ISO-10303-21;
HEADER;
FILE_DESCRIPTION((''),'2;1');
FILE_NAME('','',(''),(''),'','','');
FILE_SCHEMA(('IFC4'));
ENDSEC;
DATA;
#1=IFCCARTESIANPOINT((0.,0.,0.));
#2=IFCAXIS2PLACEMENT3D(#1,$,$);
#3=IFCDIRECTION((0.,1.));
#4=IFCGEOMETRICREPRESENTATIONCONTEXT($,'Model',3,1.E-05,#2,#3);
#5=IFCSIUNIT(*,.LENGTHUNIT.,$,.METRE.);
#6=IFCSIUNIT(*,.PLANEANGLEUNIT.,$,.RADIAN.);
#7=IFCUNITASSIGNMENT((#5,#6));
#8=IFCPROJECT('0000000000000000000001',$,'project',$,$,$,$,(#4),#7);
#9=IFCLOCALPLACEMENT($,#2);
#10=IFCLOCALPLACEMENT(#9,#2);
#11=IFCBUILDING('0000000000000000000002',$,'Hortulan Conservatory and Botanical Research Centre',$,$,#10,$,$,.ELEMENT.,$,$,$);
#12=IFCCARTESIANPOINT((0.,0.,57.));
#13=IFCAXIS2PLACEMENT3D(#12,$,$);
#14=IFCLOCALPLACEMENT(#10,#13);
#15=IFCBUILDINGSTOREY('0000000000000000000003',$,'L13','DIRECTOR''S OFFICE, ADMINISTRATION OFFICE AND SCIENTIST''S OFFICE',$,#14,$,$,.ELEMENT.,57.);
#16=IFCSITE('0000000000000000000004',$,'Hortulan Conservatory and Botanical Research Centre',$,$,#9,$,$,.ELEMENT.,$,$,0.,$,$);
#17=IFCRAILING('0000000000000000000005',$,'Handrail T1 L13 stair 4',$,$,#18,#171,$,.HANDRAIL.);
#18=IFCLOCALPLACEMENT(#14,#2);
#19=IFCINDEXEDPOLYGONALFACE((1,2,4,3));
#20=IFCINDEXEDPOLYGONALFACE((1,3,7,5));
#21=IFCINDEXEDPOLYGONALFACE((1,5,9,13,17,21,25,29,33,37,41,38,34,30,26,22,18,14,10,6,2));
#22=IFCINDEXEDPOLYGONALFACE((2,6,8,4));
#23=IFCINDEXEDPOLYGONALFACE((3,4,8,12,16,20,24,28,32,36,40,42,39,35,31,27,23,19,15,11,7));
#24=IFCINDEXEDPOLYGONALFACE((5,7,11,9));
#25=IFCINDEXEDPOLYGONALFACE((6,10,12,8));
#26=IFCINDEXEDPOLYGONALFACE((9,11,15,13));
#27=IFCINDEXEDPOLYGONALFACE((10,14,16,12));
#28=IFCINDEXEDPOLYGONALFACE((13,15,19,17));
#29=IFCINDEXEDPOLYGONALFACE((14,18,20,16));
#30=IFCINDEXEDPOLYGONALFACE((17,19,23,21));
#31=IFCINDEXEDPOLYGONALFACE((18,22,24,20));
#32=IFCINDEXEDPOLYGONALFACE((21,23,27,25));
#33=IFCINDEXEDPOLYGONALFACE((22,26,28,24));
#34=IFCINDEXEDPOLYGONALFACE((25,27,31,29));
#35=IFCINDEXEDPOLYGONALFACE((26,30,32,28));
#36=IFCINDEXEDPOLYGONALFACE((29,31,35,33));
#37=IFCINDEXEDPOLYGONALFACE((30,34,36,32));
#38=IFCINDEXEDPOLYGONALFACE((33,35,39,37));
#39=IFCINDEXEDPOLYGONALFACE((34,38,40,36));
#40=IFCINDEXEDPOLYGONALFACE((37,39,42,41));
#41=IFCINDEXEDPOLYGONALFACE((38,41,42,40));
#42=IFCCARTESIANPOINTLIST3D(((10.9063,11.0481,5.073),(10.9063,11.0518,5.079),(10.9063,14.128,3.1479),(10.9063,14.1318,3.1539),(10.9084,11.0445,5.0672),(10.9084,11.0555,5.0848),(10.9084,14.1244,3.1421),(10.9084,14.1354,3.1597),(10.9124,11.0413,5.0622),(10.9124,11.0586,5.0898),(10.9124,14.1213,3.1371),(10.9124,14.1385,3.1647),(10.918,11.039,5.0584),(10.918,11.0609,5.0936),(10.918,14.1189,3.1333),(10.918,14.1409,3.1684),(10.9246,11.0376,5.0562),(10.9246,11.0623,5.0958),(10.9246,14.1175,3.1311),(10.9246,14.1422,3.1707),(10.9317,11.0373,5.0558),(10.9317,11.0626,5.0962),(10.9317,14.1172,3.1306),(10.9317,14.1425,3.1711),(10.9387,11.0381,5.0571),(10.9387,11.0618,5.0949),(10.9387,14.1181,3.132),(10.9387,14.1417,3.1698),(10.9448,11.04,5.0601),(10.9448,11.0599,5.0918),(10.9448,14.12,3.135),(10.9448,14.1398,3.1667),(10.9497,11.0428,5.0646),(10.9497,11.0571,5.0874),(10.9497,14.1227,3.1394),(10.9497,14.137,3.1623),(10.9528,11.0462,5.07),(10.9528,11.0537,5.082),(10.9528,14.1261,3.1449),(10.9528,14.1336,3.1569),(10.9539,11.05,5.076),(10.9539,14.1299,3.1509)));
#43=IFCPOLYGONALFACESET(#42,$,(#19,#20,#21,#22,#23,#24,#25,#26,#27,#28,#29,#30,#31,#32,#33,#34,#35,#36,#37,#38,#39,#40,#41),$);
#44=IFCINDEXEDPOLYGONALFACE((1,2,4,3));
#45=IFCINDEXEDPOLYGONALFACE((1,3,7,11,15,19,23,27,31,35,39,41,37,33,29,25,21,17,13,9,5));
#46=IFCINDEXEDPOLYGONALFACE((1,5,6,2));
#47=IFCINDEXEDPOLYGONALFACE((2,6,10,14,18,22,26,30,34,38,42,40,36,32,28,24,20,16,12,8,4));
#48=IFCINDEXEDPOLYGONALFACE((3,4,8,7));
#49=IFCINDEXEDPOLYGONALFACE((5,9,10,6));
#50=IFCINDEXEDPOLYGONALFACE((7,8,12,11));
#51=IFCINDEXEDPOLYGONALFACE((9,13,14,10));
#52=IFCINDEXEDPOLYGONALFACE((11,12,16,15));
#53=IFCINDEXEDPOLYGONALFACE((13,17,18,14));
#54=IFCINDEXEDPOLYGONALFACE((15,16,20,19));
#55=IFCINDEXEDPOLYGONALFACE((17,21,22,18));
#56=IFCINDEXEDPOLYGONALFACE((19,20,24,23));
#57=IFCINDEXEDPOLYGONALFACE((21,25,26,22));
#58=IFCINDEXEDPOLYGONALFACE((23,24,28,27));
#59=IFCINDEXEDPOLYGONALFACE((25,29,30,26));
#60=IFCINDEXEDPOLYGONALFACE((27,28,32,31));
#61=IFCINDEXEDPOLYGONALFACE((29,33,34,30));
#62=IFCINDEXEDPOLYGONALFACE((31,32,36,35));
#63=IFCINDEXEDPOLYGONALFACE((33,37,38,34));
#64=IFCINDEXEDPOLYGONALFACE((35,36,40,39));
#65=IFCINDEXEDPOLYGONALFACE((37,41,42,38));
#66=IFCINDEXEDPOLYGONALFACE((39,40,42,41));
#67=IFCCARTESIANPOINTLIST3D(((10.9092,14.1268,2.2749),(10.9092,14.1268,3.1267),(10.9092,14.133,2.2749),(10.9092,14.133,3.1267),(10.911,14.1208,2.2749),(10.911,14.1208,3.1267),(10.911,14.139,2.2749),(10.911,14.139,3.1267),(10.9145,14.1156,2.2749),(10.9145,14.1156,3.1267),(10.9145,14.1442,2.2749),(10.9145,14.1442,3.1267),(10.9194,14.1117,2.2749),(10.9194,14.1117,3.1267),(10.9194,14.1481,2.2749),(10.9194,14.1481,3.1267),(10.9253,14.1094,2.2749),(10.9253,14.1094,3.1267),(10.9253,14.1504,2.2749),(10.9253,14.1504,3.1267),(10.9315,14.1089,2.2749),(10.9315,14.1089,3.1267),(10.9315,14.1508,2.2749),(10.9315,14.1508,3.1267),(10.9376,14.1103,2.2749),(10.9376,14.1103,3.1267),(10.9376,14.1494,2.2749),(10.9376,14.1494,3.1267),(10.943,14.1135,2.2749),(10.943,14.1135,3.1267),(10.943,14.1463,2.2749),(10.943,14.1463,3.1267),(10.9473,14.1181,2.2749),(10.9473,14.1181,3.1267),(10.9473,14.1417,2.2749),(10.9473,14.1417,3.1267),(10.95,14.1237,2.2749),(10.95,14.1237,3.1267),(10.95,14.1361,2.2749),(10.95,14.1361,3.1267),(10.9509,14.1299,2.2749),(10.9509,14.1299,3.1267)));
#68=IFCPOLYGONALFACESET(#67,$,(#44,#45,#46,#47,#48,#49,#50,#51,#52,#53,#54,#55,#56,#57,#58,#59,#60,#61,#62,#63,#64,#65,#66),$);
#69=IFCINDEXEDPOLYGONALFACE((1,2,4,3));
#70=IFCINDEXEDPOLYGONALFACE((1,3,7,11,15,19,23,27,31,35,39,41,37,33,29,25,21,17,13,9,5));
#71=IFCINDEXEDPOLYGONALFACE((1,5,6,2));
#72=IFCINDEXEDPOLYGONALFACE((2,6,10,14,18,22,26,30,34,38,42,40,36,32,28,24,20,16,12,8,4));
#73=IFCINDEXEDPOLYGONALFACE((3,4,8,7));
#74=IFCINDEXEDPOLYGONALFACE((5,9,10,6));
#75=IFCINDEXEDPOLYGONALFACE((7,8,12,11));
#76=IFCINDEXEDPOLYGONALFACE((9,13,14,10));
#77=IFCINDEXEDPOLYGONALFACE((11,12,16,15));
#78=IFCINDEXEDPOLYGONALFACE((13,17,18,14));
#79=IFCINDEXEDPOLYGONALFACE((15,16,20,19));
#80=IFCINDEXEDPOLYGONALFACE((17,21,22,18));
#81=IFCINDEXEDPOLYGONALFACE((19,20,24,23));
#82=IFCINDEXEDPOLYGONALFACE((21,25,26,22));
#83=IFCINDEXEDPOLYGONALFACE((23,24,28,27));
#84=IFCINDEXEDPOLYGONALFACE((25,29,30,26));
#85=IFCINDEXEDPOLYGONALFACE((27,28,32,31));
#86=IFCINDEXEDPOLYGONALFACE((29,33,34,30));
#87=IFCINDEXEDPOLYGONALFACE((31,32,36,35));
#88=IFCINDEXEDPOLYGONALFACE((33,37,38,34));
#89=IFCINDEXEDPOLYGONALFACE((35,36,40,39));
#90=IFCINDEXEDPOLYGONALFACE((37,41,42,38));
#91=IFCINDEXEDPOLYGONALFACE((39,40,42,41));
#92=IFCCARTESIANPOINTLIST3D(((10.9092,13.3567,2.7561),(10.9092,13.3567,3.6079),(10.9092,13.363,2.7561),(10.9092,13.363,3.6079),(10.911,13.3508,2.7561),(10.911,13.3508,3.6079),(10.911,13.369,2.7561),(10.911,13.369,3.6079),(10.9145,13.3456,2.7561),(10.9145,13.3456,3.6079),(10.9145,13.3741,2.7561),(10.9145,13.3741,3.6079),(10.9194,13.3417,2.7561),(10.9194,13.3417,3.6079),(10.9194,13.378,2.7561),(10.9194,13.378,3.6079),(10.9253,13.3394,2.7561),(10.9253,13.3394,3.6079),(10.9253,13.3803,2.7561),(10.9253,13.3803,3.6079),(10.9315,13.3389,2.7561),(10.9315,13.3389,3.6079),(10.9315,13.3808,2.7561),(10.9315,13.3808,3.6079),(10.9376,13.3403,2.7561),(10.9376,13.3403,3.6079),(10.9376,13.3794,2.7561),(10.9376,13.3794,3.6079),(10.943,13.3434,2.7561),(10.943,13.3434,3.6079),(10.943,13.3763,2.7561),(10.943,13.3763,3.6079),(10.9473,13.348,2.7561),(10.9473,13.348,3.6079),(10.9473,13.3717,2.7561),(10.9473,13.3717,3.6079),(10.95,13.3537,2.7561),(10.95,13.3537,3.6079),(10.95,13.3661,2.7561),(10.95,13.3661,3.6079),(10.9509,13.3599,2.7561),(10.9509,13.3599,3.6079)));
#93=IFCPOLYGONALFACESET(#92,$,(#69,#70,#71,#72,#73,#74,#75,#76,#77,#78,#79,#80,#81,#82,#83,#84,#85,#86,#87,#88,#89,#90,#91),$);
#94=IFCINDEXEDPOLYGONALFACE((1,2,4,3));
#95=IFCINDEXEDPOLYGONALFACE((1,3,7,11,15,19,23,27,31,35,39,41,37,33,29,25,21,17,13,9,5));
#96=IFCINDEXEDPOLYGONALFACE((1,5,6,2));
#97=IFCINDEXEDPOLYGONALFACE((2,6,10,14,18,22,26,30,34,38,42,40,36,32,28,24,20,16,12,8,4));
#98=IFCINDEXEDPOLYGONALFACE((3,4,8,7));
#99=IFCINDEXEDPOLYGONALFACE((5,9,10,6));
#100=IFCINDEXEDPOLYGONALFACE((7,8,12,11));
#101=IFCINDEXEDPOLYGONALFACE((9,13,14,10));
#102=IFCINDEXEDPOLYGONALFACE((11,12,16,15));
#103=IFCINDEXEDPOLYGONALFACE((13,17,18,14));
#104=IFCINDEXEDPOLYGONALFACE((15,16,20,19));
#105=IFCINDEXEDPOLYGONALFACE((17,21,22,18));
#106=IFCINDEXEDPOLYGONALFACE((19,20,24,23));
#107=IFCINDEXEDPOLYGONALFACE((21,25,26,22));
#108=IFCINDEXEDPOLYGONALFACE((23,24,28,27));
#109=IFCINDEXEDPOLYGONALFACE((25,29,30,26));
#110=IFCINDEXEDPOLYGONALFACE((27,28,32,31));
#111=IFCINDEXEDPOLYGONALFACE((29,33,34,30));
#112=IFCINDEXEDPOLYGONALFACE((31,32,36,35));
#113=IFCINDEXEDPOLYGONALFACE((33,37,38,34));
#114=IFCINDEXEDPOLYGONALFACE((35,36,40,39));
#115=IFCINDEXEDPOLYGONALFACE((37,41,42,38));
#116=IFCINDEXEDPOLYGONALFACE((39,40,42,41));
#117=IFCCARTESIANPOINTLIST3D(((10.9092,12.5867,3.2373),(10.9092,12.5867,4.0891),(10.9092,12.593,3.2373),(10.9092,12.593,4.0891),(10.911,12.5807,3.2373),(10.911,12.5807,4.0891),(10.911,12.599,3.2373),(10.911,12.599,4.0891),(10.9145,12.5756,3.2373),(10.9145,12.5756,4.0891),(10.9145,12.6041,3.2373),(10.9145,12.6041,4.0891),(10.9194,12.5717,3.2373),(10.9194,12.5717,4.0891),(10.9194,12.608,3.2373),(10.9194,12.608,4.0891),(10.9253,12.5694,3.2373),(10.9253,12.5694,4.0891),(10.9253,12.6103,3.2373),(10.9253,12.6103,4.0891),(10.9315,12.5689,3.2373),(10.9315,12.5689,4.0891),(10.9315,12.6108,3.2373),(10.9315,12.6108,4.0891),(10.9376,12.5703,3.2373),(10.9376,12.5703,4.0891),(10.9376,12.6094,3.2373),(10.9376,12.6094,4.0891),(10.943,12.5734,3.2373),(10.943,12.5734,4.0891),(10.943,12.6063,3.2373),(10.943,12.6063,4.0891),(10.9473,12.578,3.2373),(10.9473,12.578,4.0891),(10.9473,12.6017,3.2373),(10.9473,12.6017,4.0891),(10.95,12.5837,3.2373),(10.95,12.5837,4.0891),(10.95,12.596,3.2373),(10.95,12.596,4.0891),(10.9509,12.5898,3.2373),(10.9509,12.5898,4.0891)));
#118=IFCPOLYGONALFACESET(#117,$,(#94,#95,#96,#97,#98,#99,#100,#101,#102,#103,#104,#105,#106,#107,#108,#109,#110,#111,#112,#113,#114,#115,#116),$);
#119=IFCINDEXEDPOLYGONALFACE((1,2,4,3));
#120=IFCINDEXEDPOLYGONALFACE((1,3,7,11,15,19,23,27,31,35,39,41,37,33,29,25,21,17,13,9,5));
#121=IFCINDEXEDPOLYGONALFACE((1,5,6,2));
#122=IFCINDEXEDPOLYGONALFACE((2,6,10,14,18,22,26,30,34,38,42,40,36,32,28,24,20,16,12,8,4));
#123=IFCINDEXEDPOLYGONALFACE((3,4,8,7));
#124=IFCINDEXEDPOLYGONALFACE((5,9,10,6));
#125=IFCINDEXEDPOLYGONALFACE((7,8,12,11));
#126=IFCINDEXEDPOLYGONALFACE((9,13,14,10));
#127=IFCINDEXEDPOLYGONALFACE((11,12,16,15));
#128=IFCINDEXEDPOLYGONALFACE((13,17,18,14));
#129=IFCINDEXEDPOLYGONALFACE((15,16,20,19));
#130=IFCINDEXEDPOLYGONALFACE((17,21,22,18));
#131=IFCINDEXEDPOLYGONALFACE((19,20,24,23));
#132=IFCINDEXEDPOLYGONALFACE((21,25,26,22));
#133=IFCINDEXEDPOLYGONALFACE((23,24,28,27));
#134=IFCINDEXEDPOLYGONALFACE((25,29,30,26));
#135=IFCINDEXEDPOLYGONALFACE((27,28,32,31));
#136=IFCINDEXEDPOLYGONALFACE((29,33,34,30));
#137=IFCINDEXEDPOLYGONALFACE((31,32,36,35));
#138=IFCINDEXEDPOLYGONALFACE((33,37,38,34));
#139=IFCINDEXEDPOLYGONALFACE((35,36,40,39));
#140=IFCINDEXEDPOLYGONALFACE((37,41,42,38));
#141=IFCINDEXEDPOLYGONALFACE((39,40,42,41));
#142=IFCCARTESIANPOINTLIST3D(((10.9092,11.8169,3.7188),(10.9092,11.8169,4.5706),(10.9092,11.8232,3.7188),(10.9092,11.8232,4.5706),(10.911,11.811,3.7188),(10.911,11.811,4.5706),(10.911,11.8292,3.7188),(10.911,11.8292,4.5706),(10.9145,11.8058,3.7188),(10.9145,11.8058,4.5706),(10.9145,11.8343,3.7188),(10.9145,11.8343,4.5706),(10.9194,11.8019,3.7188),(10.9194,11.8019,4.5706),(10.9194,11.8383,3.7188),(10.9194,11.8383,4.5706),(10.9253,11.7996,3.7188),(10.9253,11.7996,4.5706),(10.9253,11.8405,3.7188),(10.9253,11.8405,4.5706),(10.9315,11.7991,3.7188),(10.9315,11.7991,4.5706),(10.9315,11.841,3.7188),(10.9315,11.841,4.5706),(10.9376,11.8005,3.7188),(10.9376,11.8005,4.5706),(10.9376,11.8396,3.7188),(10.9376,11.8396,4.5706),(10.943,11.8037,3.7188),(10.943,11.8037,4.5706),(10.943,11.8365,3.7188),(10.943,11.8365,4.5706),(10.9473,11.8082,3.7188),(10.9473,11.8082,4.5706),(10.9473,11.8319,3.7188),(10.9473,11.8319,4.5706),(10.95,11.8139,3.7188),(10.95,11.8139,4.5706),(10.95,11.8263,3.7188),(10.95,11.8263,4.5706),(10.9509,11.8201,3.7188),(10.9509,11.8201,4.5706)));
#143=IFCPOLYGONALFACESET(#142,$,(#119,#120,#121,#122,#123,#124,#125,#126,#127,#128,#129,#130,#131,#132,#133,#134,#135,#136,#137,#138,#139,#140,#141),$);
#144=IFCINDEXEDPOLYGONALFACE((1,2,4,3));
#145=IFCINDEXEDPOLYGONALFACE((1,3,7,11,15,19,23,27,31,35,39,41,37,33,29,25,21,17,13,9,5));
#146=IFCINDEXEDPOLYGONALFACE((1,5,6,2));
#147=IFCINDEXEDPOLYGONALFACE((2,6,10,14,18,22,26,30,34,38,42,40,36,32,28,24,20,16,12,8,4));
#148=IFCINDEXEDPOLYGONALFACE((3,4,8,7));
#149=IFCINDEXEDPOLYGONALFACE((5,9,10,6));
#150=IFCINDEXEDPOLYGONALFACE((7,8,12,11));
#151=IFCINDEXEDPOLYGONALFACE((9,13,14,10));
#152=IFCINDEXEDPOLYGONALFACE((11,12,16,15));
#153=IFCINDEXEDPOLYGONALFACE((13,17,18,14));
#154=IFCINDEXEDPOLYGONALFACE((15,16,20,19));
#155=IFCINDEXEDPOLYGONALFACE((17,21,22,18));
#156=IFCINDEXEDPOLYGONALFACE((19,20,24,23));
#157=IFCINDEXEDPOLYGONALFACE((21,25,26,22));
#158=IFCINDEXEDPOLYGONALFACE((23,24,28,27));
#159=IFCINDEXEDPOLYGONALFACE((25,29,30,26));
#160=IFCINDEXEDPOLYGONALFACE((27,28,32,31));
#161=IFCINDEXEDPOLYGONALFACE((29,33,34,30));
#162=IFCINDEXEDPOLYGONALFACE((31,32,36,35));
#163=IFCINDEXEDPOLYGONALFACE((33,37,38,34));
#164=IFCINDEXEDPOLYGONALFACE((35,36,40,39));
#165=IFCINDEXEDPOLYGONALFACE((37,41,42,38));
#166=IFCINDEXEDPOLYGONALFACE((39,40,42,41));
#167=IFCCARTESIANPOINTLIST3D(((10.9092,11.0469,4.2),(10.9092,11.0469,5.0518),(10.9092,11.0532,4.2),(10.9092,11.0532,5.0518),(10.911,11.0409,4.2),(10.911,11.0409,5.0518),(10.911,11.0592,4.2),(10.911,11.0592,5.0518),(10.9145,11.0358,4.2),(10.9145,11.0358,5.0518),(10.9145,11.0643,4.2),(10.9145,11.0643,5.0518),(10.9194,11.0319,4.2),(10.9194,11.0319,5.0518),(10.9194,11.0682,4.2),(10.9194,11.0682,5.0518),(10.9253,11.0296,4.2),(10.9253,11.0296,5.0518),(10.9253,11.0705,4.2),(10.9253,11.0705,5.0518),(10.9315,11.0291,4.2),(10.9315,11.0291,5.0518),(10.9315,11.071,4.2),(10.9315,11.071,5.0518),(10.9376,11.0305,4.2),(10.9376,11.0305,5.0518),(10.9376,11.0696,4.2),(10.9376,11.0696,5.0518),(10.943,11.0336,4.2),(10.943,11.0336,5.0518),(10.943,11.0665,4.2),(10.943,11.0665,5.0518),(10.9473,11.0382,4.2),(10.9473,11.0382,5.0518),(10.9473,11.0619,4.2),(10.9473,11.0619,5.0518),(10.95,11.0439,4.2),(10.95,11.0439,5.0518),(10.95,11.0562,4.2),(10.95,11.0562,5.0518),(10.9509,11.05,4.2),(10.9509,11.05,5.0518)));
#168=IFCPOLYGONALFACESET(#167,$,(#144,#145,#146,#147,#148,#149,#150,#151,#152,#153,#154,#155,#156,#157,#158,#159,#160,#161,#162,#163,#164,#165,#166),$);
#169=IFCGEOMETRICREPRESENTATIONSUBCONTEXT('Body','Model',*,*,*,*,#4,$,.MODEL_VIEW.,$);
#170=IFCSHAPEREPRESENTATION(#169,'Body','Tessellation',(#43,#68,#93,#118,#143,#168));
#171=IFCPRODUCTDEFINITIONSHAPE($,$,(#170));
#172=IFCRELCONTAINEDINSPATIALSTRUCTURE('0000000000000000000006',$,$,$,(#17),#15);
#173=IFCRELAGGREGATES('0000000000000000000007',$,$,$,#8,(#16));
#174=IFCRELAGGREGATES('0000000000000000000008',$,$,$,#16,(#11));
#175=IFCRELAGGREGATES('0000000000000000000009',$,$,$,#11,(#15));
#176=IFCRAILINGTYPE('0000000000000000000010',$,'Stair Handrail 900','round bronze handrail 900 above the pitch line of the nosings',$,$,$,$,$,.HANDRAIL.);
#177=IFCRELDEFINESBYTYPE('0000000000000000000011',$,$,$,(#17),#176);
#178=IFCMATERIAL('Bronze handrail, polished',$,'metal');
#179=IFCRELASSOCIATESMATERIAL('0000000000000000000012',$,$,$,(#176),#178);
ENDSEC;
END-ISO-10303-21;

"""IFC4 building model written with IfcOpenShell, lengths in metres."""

from ifc_helpers import new_model, si_unit, direction, frame, origin, origin_2d, place, context, subcontext, project, spatial, circle, extrude, material, type_object, element, save


model = new_model("IFC4")

# Units and contexts
model_context = context("Model", 3, precision=1e-05, world=origin(), true_north=direction((0.0, 1.0)))
body_context = subcontext(model_context, "Body", "Model", "MODEL_VIEW")
ifc_project = project(units=[si_unit("LENGTHUNIT", "METRE"), si_unit("PLANEANGLEUNIT", "RADIAN")], contexts=[model_context])

# Site, building, storey
site_placement = place(None, origin())
site = spatial("IfcSite", under=ifc_project, at=site_placement, Name="Hortulan Conservatory and Botanical Research Centre", CompositionType="ELEMENT", RefElevation=0.0)
building_placement = place(site_placement, origin())
building = spatial("IfcBuilding", under=site, at=building_placement, Name="Hortulan Conservatory and Botanical Research Centre", CompositionType="ELEMENT")
storey_placement = place(building_placement, frame((0.0, 0.0, 57.0)))
storey = spatial("IfcBuildingStorey", under=building, at=storey_placement, Name="L13", Description="DIRECTOR'S OFFICE, ADMINISTRATION OFFICE AND SCIENTIST'S OFFICE", CompositionType="ELEMENT", Elevation=57.0)

# Railing
ifc_material_1 = material(Name="Bronze handrail, polished", Category="metal")
railing_type_1 = type_object("IfcRailingType", Name="Stair Handrail 900", Description="round bronze handrail 900 above the pitch line of the nosings", PredefinedType="HANDRAIL", material=ifc_material_1)
railing_1_placement = place(storey_placement, frame((10.9299, 14.1299, 2.2749)))
element("IfcRailing", 1, at=railing_1_placement, inside=storey, type_object=railing_type_1, Name="Handrail T1 L13 stair 4", PredefinedType="HANDRAIL", context=body_context, shape_type="SweptSolid", body=[
    extrude(circle(Radius=0.0239, at=origin_2d()), frame((0.0, 0.0, 0.876), z_axis=(0.0, -0.847979, 0.530029), x_axis=(1.0, 0.0, 0.0)), (0.0, 0.0, 1.0), 3.6321),
    extrude(circle(Radius=0.021, at=origin_2d()), origin(), (0.0, 0.0, 1.0), 0.8518),
    extrude(circle(Radius=0.021, at=origin_2d()), frame((0.0, -0.77, 0.4812)), (0.0, 0.0, 1.0), 0.8518),
    extrude(circle(Radius=0.021, at=origin_2d()), frame((0.0, -1.54, 0.9624)), (0.0, 0.0, 1.0), 0.8518),
    extrude(circle(Radius=0.021, at=origin_2d()), frame((0.0, -2.3098, 1.4438)), (0.0, 0.0, 1.0), 0.8518),
    extrude(circle(Radius=0.021, at=origin_2d()), frame((0.0, -3.0798, 1.925)), (0.0, 0.0, 1.0), 0.8518),
])

save(model, "model.ifc")
